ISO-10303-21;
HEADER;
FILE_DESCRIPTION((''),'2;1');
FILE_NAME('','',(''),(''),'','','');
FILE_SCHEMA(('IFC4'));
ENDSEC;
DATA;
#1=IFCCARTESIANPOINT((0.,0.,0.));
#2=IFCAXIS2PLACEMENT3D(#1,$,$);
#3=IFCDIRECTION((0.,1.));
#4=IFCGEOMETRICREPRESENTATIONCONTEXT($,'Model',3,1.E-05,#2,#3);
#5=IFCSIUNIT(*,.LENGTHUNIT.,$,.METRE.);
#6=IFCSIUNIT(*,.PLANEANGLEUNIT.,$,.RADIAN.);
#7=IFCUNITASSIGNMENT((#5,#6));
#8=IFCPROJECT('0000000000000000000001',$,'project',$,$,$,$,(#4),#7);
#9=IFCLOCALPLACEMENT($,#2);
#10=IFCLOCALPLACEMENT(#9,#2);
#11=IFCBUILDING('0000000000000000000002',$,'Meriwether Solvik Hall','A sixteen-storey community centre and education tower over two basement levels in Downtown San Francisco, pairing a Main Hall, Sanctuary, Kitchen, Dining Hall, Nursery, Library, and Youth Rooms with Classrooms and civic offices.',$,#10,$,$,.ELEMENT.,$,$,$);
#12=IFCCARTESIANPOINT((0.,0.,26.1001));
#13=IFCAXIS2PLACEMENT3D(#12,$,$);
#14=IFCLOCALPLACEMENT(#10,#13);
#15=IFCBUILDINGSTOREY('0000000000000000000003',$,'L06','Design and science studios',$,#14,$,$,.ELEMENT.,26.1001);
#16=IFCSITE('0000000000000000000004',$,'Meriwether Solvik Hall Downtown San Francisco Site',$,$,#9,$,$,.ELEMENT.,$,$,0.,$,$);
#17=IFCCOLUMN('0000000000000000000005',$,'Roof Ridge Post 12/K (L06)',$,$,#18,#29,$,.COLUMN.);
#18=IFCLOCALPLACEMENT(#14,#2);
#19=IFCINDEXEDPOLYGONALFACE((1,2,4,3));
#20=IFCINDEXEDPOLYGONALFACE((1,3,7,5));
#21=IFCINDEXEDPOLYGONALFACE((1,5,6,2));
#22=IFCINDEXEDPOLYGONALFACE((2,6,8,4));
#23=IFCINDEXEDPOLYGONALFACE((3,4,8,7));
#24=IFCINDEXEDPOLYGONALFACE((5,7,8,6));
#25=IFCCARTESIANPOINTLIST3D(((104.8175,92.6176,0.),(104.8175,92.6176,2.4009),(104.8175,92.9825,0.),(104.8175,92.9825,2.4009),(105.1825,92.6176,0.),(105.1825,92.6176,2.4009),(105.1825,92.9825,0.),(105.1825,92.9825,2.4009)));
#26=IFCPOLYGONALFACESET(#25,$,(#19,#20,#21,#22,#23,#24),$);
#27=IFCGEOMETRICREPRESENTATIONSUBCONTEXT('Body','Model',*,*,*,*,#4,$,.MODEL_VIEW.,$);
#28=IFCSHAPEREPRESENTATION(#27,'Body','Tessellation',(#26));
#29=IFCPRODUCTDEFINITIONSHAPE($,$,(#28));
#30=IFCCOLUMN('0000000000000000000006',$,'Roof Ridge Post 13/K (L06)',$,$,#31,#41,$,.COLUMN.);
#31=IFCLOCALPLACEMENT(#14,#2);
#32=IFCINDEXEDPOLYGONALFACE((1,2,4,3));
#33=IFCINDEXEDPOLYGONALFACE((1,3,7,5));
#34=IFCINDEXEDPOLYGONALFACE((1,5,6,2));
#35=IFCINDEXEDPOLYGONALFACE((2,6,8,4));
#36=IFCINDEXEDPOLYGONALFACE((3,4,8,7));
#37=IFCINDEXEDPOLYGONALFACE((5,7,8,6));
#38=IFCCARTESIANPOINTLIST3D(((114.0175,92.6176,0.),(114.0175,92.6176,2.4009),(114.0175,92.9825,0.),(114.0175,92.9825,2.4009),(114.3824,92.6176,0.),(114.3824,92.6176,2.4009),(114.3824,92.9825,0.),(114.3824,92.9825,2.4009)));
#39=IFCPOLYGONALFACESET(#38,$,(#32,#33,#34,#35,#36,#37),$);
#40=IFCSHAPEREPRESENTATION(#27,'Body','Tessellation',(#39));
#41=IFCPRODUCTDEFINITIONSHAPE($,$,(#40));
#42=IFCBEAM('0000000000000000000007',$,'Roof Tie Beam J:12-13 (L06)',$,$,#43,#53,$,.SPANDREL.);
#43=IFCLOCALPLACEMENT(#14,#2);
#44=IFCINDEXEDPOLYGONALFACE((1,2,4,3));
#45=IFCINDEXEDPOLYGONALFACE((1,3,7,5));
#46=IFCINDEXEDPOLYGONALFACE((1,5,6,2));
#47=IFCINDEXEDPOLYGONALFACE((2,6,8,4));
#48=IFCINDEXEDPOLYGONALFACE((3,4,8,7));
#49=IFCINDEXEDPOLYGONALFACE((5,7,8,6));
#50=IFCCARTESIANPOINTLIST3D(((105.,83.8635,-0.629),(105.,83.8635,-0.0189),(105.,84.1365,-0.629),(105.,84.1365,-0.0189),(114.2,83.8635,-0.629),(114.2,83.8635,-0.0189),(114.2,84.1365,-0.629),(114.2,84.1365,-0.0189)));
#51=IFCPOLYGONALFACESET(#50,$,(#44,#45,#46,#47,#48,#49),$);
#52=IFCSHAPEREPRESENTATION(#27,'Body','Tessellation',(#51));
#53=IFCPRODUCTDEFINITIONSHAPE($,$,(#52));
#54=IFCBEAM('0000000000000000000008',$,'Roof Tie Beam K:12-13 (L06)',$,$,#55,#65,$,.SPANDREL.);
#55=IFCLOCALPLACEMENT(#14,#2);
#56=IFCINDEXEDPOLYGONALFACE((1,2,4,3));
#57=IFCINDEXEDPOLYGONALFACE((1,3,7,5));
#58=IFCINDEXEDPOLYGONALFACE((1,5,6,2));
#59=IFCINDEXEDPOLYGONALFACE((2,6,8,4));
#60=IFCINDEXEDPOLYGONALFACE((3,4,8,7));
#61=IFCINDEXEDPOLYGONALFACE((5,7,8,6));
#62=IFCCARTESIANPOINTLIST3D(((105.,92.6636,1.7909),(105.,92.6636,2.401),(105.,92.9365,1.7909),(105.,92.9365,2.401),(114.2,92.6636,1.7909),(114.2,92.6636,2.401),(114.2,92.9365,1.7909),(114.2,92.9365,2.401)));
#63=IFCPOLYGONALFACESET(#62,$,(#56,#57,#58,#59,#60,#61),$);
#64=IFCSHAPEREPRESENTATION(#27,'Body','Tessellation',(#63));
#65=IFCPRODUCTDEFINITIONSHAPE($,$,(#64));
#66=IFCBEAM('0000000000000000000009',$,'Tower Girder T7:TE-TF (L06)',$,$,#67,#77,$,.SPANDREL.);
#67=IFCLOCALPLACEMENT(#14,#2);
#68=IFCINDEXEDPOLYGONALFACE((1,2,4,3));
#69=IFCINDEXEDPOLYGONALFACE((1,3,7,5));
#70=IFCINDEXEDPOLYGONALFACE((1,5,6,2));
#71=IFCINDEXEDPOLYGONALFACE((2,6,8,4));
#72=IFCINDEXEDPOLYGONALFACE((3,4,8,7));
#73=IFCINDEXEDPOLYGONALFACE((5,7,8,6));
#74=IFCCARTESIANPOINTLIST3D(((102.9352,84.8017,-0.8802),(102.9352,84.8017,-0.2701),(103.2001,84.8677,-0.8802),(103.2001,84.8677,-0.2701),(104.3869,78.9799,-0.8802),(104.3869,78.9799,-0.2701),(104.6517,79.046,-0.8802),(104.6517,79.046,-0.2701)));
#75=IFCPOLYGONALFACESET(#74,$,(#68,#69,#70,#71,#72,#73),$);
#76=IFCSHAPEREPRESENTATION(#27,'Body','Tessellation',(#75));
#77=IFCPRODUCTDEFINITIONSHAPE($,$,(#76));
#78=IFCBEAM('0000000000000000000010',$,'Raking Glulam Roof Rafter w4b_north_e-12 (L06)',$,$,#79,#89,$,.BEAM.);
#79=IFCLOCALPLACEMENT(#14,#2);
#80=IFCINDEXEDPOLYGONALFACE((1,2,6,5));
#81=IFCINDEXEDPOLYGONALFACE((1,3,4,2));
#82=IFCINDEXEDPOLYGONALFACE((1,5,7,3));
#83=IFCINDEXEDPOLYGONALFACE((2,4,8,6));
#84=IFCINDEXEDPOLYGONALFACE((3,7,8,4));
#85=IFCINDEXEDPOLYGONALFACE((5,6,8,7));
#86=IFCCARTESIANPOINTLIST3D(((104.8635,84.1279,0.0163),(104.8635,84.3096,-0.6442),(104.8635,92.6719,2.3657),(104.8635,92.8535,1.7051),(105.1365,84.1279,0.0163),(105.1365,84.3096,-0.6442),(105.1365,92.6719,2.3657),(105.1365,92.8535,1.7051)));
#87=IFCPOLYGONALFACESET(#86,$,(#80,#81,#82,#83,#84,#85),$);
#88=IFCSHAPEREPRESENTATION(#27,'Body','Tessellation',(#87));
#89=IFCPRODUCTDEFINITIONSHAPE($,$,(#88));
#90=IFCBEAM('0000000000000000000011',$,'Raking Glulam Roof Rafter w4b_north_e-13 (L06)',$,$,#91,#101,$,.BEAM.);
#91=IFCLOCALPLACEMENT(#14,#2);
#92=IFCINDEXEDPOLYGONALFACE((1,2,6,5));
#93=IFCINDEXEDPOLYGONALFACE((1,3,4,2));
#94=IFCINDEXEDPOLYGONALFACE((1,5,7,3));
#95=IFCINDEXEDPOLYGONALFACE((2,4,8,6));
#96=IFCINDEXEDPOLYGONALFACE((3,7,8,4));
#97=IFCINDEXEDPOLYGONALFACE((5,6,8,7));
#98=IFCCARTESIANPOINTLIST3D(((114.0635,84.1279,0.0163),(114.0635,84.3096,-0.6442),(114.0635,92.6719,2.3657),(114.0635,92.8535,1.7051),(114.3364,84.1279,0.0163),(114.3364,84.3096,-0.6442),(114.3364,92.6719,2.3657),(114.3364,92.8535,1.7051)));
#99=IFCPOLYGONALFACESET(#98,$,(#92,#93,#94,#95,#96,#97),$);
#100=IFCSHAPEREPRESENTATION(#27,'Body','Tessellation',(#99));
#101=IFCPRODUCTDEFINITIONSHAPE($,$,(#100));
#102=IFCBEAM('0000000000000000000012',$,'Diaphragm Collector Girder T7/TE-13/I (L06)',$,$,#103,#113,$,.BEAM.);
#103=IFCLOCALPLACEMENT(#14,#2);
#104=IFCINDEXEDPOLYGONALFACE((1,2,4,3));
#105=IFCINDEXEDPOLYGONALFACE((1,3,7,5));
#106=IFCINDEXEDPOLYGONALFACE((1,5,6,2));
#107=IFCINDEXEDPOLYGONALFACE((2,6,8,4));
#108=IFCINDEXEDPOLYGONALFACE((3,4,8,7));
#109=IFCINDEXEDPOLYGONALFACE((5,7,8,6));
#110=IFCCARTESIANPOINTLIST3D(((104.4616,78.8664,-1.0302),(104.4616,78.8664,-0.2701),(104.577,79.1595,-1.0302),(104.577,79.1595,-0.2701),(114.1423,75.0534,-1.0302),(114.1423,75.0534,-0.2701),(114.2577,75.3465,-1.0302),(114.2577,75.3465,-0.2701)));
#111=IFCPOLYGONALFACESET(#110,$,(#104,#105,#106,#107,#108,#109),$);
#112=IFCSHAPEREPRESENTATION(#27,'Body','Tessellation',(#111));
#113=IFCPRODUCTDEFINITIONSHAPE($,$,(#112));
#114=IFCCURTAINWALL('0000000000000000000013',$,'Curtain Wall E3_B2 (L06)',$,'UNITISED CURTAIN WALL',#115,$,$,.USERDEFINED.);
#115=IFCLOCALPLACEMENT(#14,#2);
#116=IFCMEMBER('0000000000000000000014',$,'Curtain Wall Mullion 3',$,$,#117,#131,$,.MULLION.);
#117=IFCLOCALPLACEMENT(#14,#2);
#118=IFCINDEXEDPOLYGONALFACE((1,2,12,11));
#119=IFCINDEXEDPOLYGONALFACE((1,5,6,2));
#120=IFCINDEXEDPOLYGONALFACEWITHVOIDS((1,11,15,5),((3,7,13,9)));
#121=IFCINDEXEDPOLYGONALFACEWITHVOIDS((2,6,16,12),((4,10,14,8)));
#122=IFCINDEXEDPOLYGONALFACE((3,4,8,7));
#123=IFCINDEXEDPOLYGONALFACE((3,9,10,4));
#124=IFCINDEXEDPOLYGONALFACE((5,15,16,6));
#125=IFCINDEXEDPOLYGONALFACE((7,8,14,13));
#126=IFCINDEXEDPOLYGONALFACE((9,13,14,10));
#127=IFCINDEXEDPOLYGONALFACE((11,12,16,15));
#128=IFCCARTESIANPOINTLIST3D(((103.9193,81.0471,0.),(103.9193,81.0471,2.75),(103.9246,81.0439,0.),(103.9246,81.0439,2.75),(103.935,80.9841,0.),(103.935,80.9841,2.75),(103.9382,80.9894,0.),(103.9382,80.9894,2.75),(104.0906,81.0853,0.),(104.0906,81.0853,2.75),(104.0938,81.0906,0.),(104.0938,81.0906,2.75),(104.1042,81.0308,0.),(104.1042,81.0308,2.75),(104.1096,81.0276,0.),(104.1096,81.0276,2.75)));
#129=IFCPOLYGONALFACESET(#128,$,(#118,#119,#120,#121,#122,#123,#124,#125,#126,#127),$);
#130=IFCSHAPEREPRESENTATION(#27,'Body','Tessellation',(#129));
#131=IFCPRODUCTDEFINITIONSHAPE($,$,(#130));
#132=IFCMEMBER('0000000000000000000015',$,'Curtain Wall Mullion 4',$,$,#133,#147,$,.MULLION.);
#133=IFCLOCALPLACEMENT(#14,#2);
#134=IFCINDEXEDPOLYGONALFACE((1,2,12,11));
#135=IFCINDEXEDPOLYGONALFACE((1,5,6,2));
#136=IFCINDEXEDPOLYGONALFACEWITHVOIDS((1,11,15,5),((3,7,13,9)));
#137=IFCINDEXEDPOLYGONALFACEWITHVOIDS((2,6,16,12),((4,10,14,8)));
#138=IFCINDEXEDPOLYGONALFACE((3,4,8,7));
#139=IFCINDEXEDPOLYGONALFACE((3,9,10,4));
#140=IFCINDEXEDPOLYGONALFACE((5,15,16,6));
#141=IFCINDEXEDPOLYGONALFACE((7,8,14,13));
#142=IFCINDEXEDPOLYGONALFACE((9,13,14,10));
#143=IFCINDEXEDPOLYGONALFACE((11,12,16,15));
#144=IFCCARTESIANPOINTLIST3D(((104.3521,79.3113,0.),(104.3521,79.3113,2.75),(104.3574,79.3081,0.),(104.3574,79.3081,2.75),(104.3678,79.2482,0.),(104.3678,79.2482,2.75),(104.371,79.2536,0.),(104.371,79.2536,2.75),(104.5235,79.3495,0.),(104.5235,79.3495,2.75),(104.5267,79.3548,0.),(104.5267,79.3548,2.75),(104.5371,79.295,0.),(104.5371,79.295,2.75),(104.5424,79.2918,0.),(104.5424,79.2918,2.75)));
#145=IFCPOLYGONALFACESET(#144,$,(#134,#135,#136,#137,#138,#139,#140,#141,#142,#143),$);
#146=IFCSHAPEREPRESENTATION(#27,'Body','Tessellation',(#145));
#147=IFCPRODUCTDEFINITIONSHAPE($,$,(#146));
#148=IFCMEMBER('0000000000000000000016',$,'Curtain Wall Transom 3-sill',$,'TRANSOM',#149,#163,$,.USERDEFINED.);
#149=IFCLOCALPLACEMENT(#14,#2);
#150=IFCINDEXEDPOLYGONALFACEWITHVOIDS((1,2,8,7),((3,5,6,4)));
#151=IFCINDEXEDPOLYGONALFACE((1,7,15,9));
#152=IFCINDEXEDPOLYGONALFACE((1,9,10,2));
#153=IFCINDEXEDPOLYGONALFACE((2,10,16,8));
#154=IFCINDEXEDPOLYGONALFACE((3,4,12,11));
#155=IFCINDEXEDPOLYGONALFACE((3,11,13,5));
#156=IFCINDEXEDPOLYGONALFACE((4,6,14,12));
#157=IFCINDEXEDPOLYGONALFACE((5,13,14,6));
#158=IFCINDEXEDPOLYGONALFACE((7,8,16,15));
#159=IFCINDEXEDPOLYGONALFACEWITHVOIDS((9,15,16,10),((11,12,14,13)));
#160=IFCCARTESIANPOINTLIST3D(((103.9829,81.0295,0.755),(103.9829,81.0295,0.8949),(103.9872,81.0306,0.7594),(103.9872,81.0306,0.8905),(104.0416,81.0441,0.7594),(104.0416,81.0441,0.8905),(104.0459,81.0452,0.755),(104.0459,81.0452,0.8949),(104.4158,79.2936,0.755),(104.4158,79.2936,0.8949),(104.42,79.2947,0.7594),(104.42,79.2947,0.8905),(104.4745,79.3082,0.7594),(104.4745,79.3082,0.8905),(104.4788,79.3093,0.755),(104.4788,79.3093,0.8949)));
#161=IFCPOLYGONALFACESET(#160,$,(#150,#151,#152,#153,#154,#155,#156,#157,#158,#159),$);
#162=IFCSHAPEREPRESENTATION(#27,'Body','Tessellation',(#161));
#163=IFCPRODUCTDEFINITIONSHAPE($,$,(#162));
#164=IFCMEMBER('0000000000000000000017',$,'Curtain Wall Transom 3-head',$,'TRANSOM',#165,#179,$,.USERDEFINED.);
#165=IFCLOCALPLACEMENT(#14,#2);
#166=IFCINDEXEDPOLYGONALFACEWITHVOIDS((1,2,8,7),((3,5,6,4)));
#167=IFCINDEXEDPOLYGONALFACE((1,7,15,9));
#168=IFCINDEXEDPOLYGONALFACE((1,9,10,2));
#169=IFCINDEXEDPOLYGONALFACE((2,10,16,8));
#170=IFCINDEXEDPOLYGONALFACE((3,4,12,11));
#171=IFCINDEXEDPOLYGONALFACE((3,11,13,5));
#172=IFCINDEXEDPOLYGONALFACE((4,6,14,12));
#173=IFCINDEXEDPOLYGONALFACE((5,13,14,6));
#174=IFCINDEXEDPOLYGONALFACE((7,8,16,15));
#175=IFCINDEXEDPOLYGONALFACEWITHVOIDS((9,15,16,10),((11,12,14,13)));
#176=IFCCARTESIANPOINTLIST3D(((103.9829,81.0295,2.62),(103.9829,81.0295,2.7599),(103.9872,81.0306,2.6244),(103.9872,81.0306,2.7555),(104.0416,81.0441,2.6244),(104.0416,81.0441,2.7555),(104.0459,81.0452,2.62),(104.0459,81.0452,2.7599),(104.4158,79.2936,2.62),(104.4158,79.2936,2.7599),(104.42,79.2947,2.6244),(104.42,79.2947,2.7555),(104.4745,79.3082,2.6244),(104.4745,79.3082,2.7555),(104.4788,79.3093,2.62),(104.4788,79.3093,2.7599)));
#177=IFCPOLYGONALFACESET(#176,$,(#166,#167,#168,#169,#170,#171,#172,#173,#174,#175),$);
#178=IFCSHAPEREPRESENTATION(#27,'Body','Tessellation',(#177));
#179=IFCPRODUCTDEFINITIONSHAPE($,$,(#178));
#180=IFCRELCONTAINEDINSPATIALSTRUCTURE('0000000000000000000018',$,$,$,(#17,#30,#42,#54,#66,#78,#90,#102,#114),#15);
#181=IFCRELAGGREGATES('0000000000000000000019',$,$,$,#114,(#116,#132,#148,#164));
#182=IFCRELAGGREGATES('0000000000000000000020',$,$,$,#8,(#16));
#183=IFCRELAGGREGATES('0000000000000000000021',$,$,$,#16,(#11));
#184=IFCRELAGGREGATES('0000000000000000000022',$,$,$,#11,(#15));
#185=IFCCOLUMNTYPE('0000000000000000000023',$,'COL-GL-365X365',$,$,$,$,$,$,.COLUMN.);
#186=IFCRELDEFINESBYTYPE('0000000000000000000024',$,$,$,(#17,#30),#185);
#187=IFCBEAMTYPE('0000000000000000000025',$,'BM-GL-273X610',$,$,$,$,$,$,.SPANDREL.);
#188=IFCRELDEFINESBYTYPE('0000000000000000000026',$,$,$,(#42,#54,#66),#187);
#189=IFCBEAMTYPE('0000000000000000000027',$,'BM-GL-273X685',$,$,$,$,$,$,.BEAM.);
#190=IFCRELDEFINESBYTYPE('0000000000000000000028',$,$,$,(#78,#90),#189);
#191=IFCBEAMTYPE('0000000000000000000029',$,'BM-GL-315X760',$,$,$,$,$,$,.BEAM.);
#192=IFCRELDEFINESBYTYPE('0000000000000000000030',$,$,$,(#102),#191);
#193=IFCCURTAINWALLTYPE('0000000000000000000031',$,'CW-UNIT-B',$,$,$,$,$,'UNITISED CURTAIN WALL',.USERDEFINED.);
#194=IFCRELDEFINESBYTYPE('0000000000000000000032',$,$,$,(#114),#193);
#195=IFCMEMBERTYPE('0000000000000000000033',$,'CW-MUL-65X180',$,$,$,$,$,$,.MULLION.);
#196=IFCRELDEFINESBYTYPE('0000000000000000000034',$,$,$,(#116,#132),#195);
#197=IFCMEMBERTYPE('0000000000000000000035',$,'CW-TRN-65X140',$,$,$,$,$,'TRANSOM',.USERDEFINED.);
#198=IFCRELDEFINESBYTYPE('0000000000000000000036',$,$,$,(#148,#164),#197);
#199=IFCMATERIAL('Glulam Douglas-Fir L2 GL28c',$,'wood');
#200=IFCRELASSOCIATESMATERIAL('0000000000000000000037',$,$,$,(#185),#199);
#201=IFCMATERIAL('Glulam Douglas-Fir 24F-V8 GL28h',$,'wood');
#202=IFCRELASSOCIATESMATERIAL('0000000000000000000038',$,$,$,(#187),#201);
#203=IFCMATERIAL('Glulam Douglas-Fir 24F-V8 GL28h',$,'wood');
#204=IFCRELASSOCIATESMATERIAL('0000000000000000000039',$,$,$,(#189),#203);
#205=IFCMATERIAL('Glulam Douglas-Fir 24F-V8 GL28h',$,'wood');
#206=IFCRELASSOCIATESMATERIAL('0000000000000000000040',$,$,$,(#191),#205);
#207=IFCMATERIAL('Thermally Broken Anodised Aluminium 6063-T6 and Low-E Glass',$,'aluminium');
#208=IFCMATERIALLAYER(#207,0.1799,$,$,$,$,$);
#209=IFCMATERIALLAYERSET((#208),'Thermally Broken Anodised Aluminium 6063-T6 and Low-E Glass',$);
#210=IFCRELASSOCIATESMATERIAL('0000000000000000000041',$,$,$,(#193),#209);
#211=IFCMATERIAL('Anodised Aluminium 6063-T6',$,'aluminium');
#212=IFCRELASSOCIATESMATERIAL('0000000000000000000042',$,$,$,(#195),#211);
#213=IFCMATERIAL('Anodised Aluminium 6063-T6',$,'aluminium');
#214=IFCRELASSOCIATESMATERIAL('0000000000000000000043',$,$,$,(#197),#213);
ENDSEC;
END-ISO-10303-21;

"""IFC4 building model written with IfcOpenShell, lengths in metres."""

from ifc_helpers import new_model, si_unit, direction, frame, origin, origin_2d, place, context, subcontext, project, spatial, rectangle, hollow_rectangle, extrude, material, layer, layer_set, material_profile, profile_set, type_object, element, aggregate, save


model = new_model("IFC4")

# Units and contexts
model_context = context("Model", 3, precision=1e-05, world=origin(), true_north=direction((0.0, 1.0)))
body_context = subcontext(model_context, "Body", "Model", "MODEL_VIEW")
ifc_project = project(units=[si_unit("LENGTHUNIT", "METRE"), si_unit("PLANEANGLEUNIT", "RADIAN")], contexts=[model_context])

# Site, building, storey
site_placement = place(None, origin())
site = spatial("IfcSite", under=ifc_project, at=site_placement, Name="Meriwether Solvik Hall Downtown San Francisco Site", CompositionType="ELEMENT", RefElevation=0.0)
building_placement = place(site_placement, origin())
building = spatial("IfcBuilding", under=site, at=building_placement, Name="Meriwether Solvik Hall", Description="A sixteen-storey community centre and education tower over two basement levels in Downtown San Francisco, pairing a Main Hall, Sanctuary, Kitchen, Dining Hall, Nursery, Library, and Youth Rooms with Classrooms and civic offices.", CompositionType="ELEMENT")
storey_placement = place(building_placement, frame((0.0, 0.0, 26.1001)))
storey = spatial("IfcBuildingStorey", under=building, at=storey_placement, Name="L06", Description="Design and science studios", CompositionType="ELEMENT", Elevation=26.1001)

# Columns
ifc_material_1 = material(Name="Glulam Douglas-Fir L2 GL28c", Category="wood")
ifc_material_profile_1 = material_profile(ifc_material_1, rectangle(XDim=0.365, YDim=0.365, at=origin_2d()), Name="GLC-365X365")
ifc_profile_set_1 = profile_set([ifc_material_profile_1], Name="Glulam Douglas-Fir L2 GL28c")
column_type = type_object("IfcColumnType", Name="COL-GL-365X365", PredefinedType="COLUMN", material=ifc_profile_set_1)
for number, where, z_axis, x_axis, name in (
    (1, (105.0, 92.8, 0.0), (0.0, 0.0, 1.0), (1.0, 0.0, 0.0), "Roof Ridge Post 12/K (L06)"),
    (2, (114.2, 92.8, 0.0), (0.0, 0.0, 1.0), (1.0, 0.0, 0.0), "Roof Ridge Post 13/K (L06)"),
):
    element("IfcColumn", number, at=place(storey_placement, frame(where, z_axis=z_axis, x_axis=x_axis)), inside=storey, type_object=column_type, Name=name, PredefinedType="COLUMN", context=body_context, shape_type="SweptSolid", body=[
        extrude(rectangle(XDim=0.365, YDim=0.365, at=origin_2d()), origin(), (0.0, 0.0, 1.0), 2.4009),
    ])

# Beams
ifc_material_2 = material(Name="Glulam Douglas-Fir 24F-V8 GL28h", Category="wood")
ifc_material_profile_2 = material_profile(ifc_material_2, rectangle(XDim=0.2729, YDim=0.6101, at=origin_2d()), Name="GLB-273X610")
ifc_profile_set_2 = profile_set([ifc_material_profile_2], Name="Glulam Douglas-Fir 24F-V8 GL28h")
beam_type_1 = type_object("IfcBeamType", Name="BM-GL-273X610", PredefinedType="SPANDREL", material=ifc_profile_set_2)
for number, where, z_axis, x_axis, name in (
    (3, (105.0, 84.0, -0.324), (1.0, 0.0, 0.0), (0.0, 1.0, 0.0), "Roof Tie Beam J:12-13 (L06)"),
    (4, (105.0, 92.8, 2.0959), (1.0, 0.0, 0.0), (0.0, 1.0, 0.0), "Roof Tie Beam K:12-13 (L06)"),
):
    element("IfcBeam", number, at=place(storey_placement, frame(where, z_axis=z_axis, x_axis=x_axis)), inside=storey, type_object=beam_type_1, Name=name, PredefinedType="SPANDREL", context=body_context, shape_type="SweptSolid", body=[
        extrude(rectangle(XDim=0.2729, YDim=0.6101, at=origin_2d()), origin(), (0.0, 0.0, 1.0), 9.2),
    ])
beam_1_placement = place(storey_placement, frame((104.5193, 79.0129, -0.5752), z_axis=(-0.241942, 0.970291, 0.0), x_axis=(-0.970291, -0.241942, 0.0)))
element("IfcBeam", 5, at=beam_1_placement, inside=storey, type_object=beam_type_1, Name="Tower Girder T7:TE-TF (L06)", PredefinedType="SPANDREL", context=body_context, shape_type="SweptSolid", body=[
    extrude(rectangle(XDim=0.2729, YDim=0.6101, at=origin_2d()), origin(), (0.0, 0.0, 1.0), 6.0),
])
ifc_material_3 = material(Name="Glulam Douglas-Fir 24F-V8 GL28h", Category="wood")
ifc_material_profile_3 = material_profile(ifc_material_3, rectangle(XDim=0.2729, YDim=0.6851, at=origin_2d()), Name="GLB-273X685")
ifc_profile_set_3 = profile_set([ifc_material_profile_3], Name="Glulam Douglas-Fir 24F-V8 GL28h")
beam_type_2 = type_object("IfcBeamType", Name="BM-GL-273X685", PredefinedType="BEAM", material=ifc_profile_set_3)
for number, where, z_axis, x_axis, name in (
    (6, (105.0, 84.2188, -0.314), (0.0, 0.964212, 0.265133), (-1.0, 0.0, 0.0), "Raking Glulam Roof Rafter w4b_north_e-12 (L06)"),
    (7, (114.2, 84.2188, -0.314), (0.0, 0.964212, 0.265133), (-1.0, 0.0, 0.0), "Raking Glulam Roof Rafter w4b_north_e-13 (L06)"),
):
    element("IfcBeam", number, at=place(storey_placement, frame(where, z_axis=z_axis, x_axis=x_axis)), inside=storey, type_object=beam_type_2, Name=name, PredefinedType="BEAM", context=body_context, shape_type="SweptSolid", body=[
        extrude(rectangle(XDim=0.2729, YDim=0.6851, at=origin_2d()), origin(), (0.0, 0.0, 1.0), 8.8611),
    ])
ifc_material_4 = material(Name="Glulam Douglas-Fir 24F-V8 GL28h", Category="wood")
ifc_material_profile_4 = material_profile(ifc_material_4, rectangle(XDim=0.3149, YDim=0.76, at=origin_2d()), Name="GLB-315X760")
ifc_profile_set_4 = profile_set([ifc_material_profile_4], Name="Glulam Douglas-Fir 24F-V8 GL28h")
beam_type_3 = type_object("IfcBeamType", Name="BM-GL-315X760", PredefinedType="BEAM", material=ifc_profile_set_4)
beam_2_placement = place(storey_placement, frame((104.5193, 79.0129, -0.6501), z_axis=(0.930428, -0.366474, 0.0), x_axis=(0.366474, 0.930428, 0.0)))
element("IfcBeam", 8, at=beam_2_placement, inside=storey, type_object=beam_type_3, Name="Diaphragm Collector Girder T7/TE-13/I (L06)", PredefinedType="BEAM", context=body_context, shape_type="SweptSolid", body=[
    extrude(rectangle(XDim=0.3149, YDim=0.76, at=origin_2d()), origin(), (0.0, 0.0, 1.0), 10.4045),
])

# Curtain wall, members
ifc_material_5 = material(Name="Thermally Broken Anodised Aluminium 6063-T6 and Low-E Glass", Category="aluminium")
ifc_layer_1 = layer(ifc_material_5, 0.1799)
ifc_layer_set_1 = layer_set([ifc_layer_1], Name="Thermally Broken Anodised Aluminium 6063-T6 and Low-E Glass")
curtain_wall_type = type_object("IfcCurtainWallType", Name="CW-UNIT-B", ElementType="UNITISED CURTAIN WALL", PredefinedType="USERDEFINED", material=ifc_layer_set_1)
curtain_wall_placement = place(storey_placement, origin())
curtain_wall = element("IfcCurtainWall", 9, at=curtain_wall_placement, inside=storey, type_object=curtain_wall_type, Name="Curtain Wall E3_B2 (L06)", ObjectType="UNITISED CURTAIN WALL", PredefinedType="USERDEFINED")
ifc_material_6 = material(Name="Anodised Aluminium 6063-T6", Category="aluminium")
ifc_material_profile_5 = material_profile(ifc_material_6, hollow_rectangle(XDim=0.0649, YDim=0.1799, WallThickness=0.0044, at=origin_2d()), Name="CWM-65X180")
ifc_profile_set_5 = profile_set([ifc_material_profile_5], Name="Anodised Aluminium 6063-T6")
member_type_1 = type_object("IfcMemberType", Name="CW-MUL-65X180", PredefinedType="MULLION", material=ifc_profile_set_5)
member_1_placement = place(storey_placement, frame((104.0144, 81.0374, 0.0), z_axis=(0.0, 0.0, 1.0), x_axis=(0.241922, -0.970296, 0.0)))
member_1 = element("IfcMember", 10, at=member_1_placement, type_object=member_type_1, Name="Curtain Wall Mullion 3", PredefinedType="MULLION", context=body_context, shape_type="SweptSolid", body=[
    extrude(hollow_rectangle(XDim=0.0649, YDim=0.1799, WallThickness=0.0044, at=origin_2d()), origin(), (0.0, 0.0, 1.0), 2.75),
])
member_2_placement = place(storey_placement, frame((104.4473, 79.3015, 0.0), z_axis=(0.0, 0.0, 1.0), x_axis=(0.241922, -0.970296, 0.0)))
member_2 = element("IfcMember", 11, at=member_2_placement, type_object=member_type_1, Name="Curtain Wall Mullion 4", PredefinedType="MULLION", context=body_context, shape_type="SweptSolid", body=[
    extrude(hollow_rectangle(XDim=0.0649, YDim=0.1799, WallThickness=0.0044, at=origin_2d()), origin(), (0.0, 0.0, 1.0), 2.75),
])
ifc_material_7 = material(Name="Anodised Aluminium 6063-T6", Category="aluminium")
ifc_material_profile_6 = material_profile(ifc_material_7, hollow_rectangle(XDim=0.0649, YDim=0.1399, WallThickness=0.0044, at=origin_2d()), Name="CWT-65X140")
ifc_profile_set_6 = profile_set([ifc_material_profile_6], Name="Anodised Aluminium 6063-T6")
member_type_2 = type_object("IfcMemberType", Name="CW-TRN-65X140", ElementType="TRANSOM", PredefinedType="USERDEFINED", material=ifc_profile_set_6)
member_3_placement = place(storey_placement, frame((104.0144, 81.0374, 0.825), z_axis=(0.241958, -0.970287, 0.0), x_axis=(0.970287, 0.241958, 0.0)))
member_3 = element("IfcMember", 12, at=member_3_placement, type_object=member_type_2, Name="Curtain Wall Transom 3-sill", ObjectType="TRANSOM", PredefinedType="USERDEFINED", context=body_context, shape_type="SweptSolid", body=[
    extrude(hollow_rectangle(XDim=0.0649, YDim=0.1399, WallThickness=0.0044, at=origin_2d()), origin(), (0.0, 0.0, 1.0), 1.7891),
])
member_4_placement = place(storey_placement, frame((104.0144, 81.0374, 2.6899), z_axis=(0.241958, -0.970287, 0.0), x_axis=(0.970287, 0.241958, 0.0)))
member_4 = element("IfcMember", 13, at=member_4_placement, type_object=member_type_2, Name="Curtain Wall Transom 3-head", ObjectType="TRANSOM", PredefinedType="USERDEFINED", context=body_context, shape_type="SweptSolid", body=[
    extrude(hollow_rectangle(XDim=0.0649, YDim=0.1399, WallThickness=0.0044, at=origin_2d()), origin(), (0.0, 0.0, 1.0), 1.7891),
])

aggregate(curtain_wall, [member_1, member_2, member_3, member_4])

save(model, "model.ifc")
